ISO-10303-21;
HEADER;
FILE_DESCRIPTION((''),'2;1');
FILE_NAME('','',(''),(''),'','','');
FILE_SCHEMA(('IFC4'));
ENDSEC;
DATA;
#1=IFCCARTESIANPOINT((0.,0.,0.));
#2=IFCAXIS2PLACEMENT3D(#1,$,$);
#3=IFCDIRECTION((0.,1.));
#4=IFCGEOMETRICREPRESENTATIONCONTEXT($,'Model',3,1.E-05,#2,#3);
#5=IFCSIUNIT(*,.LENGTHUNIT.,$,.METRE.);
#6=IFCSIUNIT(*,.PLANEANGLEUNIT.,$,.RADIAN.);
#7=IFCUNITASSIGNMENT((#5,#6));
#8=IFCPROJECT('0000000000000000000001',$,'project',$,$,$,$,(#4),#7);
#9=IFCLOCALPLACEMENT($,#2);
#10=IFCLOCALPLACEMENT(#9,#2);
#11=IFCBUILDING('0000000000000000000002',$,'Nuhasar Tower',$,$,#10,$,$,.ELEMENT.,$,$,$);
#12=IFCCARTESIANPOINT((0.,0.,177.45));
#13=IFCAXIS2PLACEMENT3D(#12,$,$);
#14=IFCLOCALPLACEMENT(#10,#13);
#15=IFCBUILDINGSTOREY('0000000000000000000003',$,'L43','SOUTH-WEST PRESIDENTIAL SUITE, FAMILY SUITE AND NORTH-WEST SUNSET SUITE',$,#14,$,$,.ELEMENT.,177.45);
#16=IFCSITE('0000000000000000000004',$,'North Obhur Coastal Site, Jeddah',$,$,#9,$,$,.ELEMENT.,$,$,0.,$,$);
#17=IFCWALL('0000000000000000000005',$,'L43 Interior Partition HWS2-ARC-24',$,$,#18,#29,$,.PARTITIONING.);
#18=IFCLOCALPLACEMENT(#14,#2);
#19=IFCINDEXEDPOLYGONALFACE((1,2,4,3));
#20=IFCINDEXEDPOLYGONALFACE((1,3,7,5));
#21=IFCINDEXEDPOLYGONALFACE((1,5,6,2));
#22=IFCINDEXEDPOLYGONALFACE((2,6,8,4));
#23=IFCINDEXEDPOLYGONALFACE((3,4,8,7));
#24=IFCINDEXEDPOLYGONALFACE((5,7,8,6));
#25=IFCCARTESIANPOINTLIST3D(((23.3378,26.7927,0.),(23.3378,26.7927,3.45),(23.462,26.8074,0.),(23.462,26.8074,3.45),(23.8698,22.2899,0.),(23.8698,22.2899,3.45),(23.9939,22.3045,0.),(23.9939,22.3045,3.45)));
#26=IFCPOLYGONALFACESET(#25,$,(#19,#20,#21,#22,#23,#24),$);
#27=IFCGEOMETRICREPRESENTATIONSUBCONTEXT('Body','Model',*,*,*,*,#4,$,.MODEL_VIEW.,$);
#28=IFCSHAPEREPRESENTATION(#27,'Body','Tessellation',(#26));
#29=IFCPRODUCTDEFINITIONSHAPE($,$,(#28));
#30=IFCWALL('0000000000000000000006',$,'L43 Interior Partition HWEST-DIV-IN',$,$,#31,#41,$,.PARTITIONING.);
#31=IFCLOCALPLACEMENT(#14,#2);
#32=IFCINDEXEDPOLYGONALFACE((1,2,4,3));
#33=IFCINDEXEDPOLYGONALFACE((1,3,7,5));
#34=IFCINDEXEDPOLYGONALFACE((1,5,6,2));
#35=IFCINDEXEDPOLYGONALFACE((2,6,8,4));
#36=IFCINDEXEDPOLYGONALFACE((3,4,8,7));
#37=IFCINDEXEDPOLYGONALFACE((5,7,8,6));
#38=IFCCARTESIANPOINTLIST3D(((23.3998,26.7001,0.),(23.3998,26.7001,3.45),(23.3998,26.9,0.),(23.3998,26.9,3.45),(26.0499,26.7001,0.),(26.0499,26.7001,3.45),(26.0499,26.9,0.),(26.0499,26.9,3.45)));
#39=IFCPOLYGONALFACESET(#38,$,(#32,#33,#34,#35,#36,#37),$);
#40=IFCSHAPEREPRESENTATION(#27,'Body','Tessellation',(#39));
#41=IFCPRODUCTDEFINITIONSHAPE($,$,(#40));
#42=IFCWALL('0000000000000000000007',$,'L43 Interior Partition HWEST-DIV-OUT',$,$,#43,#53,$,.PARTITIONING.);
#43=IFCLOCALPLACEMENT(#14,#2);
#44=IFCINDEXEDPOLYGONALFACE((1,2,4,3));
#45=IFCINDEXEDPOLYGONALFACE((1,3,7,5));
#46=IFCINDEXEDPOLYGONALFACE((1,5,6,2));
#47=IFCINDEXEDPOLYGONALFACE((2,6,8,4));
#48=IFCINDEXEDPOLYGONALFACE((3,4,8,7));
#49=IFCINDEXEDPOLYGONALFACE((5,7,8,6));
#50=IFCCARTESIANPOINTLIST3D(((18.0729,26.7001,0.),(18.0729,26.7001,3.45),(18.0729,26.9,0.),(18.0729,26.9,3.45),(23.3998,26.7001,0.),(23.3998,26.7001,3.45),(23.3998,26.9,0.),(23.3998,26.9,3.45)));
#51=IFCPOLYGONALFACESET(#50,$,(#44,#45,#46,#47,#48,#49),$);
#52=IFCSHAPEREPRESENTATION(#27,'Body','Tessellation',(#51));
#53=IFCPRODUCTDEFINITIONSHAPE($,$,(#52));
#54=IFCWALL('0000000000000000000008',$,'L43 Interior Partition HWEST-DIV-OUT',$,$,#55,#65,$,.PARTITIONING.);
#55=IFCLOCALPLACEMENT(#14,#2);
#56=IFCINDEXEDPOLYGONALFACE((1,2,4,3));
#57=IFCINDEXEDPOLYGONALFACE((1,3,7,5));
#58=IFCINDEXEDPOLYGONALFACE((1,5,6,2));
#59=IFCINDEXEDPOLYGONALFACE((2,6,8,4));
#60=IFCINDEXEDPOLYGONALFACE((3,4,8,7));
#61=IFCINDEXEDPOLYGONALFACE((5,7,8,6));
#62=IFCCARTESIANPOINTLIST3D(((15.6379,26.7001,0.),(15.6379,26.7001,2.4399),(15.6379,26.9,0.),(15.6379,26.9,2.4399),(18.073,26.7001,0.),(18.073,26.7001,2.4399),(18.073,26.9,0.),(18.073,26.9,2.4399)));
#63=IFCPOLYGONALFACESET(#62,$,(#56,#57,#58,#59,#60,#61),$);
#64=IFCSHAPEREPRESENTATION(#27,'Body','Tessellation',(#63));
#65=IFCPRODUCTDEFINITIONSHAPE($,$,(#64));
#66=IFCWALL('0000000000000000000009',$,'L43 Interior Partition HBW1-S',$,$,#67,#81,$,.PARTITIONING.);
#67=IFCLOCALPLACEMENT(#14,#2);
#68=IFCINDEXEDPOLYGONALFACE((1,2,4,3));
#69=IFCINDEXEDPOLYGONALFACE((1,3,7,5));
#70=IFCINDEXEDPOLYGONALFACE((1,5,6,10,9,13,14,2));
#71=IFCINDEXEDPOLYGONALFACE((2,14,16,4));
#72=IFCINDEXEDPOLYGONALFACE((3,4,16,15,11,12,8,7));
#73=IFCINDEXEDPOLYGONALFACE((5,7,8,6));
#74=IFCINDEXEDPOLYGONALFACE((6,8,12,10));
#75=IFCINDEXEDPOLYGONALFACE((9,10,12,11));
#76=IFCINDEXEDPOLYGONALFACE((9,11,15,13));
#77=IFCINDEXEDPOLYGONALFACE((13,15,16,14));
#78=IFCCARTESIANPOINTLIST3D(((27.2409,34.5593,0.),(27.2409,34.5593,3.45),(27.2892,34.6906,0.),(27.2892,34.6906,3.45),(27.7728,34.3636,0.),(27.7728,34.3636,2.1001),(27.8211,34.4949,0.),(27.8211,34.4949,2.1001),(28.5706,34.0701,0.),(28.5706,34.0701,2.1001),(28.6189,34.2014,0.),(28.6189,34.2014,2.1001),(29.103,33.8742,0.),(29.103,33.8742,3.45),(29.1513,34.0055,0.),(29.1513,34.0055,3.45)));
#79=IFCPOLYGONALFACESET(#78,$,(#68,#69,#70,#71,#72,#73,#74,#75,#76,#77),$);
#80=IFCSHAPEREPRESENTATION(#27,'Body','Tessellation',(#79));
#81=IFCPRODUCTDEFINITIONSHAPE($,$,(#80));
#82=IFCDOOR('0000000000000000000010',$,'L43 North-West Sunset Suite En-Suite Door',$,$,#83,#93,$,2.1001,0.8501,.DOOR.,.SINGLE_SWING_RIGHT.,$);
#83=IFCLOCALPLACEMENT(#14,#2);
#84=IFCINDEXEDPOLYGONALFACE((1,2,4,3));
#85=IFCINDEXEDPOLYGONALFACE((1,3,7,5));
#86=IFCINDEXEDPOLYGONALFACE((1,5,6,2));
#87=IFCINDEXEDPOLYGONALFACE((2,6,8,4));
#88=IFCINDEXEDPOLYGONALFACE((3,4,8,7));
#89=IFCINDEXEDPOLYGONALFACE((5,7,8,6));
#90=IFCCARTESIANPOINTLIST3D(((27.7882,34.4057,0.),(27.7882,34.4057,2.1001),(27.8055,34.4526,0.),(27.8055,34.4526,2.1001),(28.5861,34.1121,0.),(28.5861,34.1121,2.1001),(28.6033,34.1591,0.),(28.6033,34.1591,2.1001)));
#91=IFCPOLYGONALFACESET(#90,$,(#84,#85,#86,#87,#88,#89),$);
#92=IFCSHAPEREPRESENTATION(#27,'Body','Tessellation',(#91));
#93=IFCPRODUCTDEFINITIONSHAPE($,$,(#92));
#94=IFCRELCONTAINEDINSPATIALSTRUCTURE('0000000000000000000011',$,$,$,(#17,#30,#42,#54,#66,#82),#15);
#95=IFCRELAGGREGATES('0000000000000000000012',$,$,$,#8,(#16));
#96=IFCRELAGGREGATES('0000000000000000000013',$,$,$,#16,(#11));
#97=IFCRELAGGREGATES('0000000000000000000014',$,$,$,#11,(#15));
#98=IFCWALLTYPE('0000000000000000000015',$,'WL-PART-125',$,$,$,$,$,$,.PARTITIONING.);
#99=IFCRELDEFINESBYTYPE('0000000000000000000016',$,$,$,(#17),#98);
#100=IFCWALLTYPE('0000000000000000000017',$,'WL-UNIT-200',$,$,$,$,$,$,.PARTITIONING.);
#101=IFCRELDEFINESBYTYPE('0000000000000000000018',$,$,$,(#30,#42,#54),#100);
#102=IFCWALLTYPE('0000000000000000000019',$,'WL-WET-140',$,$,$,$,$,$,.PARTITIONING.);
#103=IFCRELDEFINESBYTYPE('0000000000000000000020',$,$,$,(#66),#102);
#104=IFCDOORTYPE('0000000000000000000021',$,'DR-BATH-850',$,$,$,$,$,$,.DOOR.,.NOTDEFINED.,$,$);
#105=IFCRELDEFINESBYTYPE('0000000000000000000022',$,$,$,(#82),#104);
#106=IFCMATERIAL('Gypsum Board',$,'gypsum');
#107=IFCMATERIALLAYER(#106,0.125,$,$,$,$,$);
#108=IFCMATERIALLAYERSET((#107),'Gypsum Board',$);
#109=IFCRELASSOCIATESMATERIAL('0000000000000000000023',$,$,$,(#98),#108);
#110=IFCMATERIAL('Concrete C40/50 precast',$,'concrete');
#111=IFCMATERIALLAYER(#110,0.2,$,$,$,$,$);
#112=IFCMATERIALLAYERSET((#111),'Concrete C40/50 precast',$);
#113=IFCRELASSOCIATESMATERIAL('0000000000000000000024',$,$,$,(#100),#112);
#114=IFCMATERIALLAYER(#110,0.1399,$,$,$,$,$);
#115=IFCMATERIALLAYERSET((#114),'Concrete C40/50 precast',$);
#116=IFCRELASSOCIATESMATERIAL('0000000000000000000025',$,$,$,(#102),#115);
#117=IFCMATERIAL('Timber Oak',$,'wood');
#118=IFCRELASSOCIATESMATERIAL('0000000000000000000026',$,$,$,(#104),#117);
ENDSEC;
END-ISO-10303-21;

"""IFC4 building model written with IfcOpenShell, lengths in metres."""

from ifc_helpers import new_model, si_unit, direction, frame, frame_2d, origin, place, context, subcontext, project, spatial, rectangle, extrude, material, layer, layer_set, type_object, element, fill, save


model = new_model("IFC4")

# Units and contexts
model_context = context("Model", 3, precision=1e-05, world=origin(), true_north=direction((0.0, 1.0)))
body_context = subcontext(model_context, "Body", "Model", "MODEL_VIEW")
ifc_project = project(units=[si_unit("LENGTHUNIT", "METRE"), si_unit("PLANEANGLEUNIT", "RADIAN")], contexts=[model_context])

# Site, building, storey
site_placement = place(None, origin())
site = spatial("IfcSite", under=ifc_project, at=site_placement, Name="North Obhur Coastal Site, Jeddah", CompositionType="ELEMENT", RefElevation=0.0)
building_placement = place(site_placement, origin())
building = spatial("IfcBuilding", under=site, at=building_placement, Name="Nuhasar Tower", CompositionType="ELEMENT")
storey_placement = place(building_placement, frame((0.0, 0.0, 177.45)))
storey = spatial("IfcBuildingStorey", under=building, at=storey_placement, Name="L43", Description="SOUTH-WEST PRESIDENTIAL SUITE, FAMILY SUITE AND NORTH-WEST SUNSET SUITE", CompositionType="ELEMENT", Elevation=177.45)

# Shared definitions
ifc_material_1 = material(Name="Gypsum Board", Category="gypsum")
ifc_material_2 = material(Name="Timber Oak", Category="wood")

# Shared definitions
ifc_layer_1 = layer(ifc_material_1, 0.125)
ifc_layer_set_1 = layer_set([ifc_layer_1], Name="Gypsum Board")
wall_type_1 = type_object("IfcWallType", Name="WL-PART-125", PredefinedType="PARTITIONING", material=ifc_layer_set_1)

# Walls
for number, where, z_axis, x_axis, name in (
    (1, (23.3999, 26.8, 0.0), (0.0, 0.0, 1.0), (0.117325, -0.993094, 0.0), "L43 Interior Partition HWS2-ARC-24"),
):
    element("IfcWall", number, at=place(storey_placement, frame(where, z_axis=z_axis, x_axis=x_axis)), inside=storey, type_object=wall_type_1, Name=name, PredefinedType="PARTITIONING", context=body_context, shape_type="SweptSolid", body=[
        extrude(rectangle(XDim=4.5342, YDim=0.125, at=frame_2d((2.2671, 0.0))), origin(), (0.0, 0.0, 1.0), 3.45),
    ])
ifc_material_3 = material(Name="Concrete C40/50 precast", Category="concrete")
ifc_layer_2 = layer(ifc_material_3, 0.2)
ifc_layer_set_2 = layer_set([ifc_layer_2], Name="Concrete C40/50 precast")
wall_type_2 = type_object("IfcWallType", Name="WL-UNIT-200", PredefinedType="PARTITIONING", material=ifc_layer_set_2)
wall_1_placement = place(storey_placement, frame((26.05, 26.8, 0.0), z_axis=(0.0, 0.0, 1.0), x_axis=(-1.0, 0.0, 0.0)))
element("IfcWall", 2, at=wall_1_placement, inside=storey, type_object=wall_type_2, Name="L43 Interior Partition HWEST-DIV-IN", PredefinedType="PARTITIONING", context=body_context, shape_type="SweptSolid", body=[
    extrude(rectangle(XDim=2.6501, YDim=0.2, at=frame_2d((1.3252, 0.0))), origin(), (0.0, 0.0, 1.0), 3.45),
])
wall_2_placement = place(storey_placement, frame((23.3999, 26.8, 0.0), z_axis=(0.0, 0.0, 1.0), x_axis=(-1.0, 0.0, 0.0)))
element("IfcWall", 3, at=wall_2_placement, inside=storey, type_object=wall_type_2, Name="L43 Interior Partition HWEST-DIV-OUT", PredefinedType="PARTITIONING", context=body_context, shape_type="SweptSolid", body=[
    extrude(rectangle(XDim=5.3269, YDim=0.2, at=frame_2d((2.6636, 0.0))), origin(), (0.0, 0.0, 1.0), 3.45),
])
wall_3_placement = place(storey_placement, frame((18.073, 26.8, 0.0), z_axis=(0.0, 0.0, 1.0), x_axis=(-1.0, 0.0, 0.0)))
element("IfcWall", 4, at=wall_3_placement, inside=storey, type_object=wall_type_2, Name="L43 Interior Partition HWEST-DIV-OUT", PredefinedType="PARTITIONING", context=body_context, shape_type="SweptSolid", body=[
    extrude(rectangle(XDim=2.4351, YDim=0.2, at=frame_2d((1.2175, 0.0))), origin(), (0.0, 0.0, 1.0), 2.4399),
])

# Wall, opening, door
ifc_layer_3 = layer(ifc_material_3, 0.1399)
ifc_layer_set_3 = layer_set([ifc_layer_3], Name="Concrete C40/50 precast")
wall_type_3 = type_object("IfcWallType", Name="WL-WET-140", PredefinedType="PARTITIONING", material=ifc_layer_set_3)
wall_4_placement = place(storey_placement, frame((27.2649, 34.625, 0.0), z_axis=(0.0, 0.0, 1.0), x_axis=(0.938501, -0.345278, 0.0)))
wall_4 = element("IfcWall", 5, at=wall_4_placement, inside=storey, type_object=wall_type_3, Name="L43 Interior Partition HBW1-S", PredefinedType="PARTITIONING", context=body_context, shape_type="SweptSolid", body=[
    extrude(rectangle(XDim=1.9841, YDim=0.1399, at=frame_2d((0.9922, 0.0))), origin(), (0.0, 0.0, 1.0), 3.45),
])
opening_1_placement = place(wall_4_placement, frame((0.5669, 0.0, 0.0)))
opening_1 = element("IfcOpeningElement", 6, at=opening_1_placement, cuts=wall_4, PredefinedType="OPENING", context=body_context, shape_type="SweptSolid", body=[
    extrude(rectangle(XDim=0.8501, YDim=2.1001, at=frame_2d((0.425, 1.05))), frame((0.0, 0.0801, 0.0), z_axis=(0.0, -1.0, 0.0), x_axis=(1.0, 0.0, 0.0)), (0.0, 0.0, 1.0), 0.1599),
])
door_type_1 = type_object("IfcDoorType", Name="DR-BATH-850", OperationType="NOTDEFINED", PredefinedType="DOOR", material=ifc_material_2)
door_1_placement = place(opening_1_placement, origin())
door_1 = element("IfcDoor", 7, at=door_1_placement, inside=storey, type_object=door_type_1, Name="L43 North-West Sunset Suite En-Suite Door", OperationType="SINGLE_SWING_RIGHT", OverallHeight=2.1001, OverallWidth=0.8501, PredefinedType="DOOR", context=body_context, shape_type="SweptSolid", body=[
    extrude(rectangle(XDim=0.8501, YDim=2.1001, at=frame_2d((0.425, 1.05))), frame((0.0, 0.0249, 0.0), z_axis=(0.0, -1.0, 0.0), x_axis=(1.0, 0.0, 0.0)), (0.0, 0.0, 1.0), 0.05),
])
fill(opening_1, door_1)

save(model, "model.ifc")
